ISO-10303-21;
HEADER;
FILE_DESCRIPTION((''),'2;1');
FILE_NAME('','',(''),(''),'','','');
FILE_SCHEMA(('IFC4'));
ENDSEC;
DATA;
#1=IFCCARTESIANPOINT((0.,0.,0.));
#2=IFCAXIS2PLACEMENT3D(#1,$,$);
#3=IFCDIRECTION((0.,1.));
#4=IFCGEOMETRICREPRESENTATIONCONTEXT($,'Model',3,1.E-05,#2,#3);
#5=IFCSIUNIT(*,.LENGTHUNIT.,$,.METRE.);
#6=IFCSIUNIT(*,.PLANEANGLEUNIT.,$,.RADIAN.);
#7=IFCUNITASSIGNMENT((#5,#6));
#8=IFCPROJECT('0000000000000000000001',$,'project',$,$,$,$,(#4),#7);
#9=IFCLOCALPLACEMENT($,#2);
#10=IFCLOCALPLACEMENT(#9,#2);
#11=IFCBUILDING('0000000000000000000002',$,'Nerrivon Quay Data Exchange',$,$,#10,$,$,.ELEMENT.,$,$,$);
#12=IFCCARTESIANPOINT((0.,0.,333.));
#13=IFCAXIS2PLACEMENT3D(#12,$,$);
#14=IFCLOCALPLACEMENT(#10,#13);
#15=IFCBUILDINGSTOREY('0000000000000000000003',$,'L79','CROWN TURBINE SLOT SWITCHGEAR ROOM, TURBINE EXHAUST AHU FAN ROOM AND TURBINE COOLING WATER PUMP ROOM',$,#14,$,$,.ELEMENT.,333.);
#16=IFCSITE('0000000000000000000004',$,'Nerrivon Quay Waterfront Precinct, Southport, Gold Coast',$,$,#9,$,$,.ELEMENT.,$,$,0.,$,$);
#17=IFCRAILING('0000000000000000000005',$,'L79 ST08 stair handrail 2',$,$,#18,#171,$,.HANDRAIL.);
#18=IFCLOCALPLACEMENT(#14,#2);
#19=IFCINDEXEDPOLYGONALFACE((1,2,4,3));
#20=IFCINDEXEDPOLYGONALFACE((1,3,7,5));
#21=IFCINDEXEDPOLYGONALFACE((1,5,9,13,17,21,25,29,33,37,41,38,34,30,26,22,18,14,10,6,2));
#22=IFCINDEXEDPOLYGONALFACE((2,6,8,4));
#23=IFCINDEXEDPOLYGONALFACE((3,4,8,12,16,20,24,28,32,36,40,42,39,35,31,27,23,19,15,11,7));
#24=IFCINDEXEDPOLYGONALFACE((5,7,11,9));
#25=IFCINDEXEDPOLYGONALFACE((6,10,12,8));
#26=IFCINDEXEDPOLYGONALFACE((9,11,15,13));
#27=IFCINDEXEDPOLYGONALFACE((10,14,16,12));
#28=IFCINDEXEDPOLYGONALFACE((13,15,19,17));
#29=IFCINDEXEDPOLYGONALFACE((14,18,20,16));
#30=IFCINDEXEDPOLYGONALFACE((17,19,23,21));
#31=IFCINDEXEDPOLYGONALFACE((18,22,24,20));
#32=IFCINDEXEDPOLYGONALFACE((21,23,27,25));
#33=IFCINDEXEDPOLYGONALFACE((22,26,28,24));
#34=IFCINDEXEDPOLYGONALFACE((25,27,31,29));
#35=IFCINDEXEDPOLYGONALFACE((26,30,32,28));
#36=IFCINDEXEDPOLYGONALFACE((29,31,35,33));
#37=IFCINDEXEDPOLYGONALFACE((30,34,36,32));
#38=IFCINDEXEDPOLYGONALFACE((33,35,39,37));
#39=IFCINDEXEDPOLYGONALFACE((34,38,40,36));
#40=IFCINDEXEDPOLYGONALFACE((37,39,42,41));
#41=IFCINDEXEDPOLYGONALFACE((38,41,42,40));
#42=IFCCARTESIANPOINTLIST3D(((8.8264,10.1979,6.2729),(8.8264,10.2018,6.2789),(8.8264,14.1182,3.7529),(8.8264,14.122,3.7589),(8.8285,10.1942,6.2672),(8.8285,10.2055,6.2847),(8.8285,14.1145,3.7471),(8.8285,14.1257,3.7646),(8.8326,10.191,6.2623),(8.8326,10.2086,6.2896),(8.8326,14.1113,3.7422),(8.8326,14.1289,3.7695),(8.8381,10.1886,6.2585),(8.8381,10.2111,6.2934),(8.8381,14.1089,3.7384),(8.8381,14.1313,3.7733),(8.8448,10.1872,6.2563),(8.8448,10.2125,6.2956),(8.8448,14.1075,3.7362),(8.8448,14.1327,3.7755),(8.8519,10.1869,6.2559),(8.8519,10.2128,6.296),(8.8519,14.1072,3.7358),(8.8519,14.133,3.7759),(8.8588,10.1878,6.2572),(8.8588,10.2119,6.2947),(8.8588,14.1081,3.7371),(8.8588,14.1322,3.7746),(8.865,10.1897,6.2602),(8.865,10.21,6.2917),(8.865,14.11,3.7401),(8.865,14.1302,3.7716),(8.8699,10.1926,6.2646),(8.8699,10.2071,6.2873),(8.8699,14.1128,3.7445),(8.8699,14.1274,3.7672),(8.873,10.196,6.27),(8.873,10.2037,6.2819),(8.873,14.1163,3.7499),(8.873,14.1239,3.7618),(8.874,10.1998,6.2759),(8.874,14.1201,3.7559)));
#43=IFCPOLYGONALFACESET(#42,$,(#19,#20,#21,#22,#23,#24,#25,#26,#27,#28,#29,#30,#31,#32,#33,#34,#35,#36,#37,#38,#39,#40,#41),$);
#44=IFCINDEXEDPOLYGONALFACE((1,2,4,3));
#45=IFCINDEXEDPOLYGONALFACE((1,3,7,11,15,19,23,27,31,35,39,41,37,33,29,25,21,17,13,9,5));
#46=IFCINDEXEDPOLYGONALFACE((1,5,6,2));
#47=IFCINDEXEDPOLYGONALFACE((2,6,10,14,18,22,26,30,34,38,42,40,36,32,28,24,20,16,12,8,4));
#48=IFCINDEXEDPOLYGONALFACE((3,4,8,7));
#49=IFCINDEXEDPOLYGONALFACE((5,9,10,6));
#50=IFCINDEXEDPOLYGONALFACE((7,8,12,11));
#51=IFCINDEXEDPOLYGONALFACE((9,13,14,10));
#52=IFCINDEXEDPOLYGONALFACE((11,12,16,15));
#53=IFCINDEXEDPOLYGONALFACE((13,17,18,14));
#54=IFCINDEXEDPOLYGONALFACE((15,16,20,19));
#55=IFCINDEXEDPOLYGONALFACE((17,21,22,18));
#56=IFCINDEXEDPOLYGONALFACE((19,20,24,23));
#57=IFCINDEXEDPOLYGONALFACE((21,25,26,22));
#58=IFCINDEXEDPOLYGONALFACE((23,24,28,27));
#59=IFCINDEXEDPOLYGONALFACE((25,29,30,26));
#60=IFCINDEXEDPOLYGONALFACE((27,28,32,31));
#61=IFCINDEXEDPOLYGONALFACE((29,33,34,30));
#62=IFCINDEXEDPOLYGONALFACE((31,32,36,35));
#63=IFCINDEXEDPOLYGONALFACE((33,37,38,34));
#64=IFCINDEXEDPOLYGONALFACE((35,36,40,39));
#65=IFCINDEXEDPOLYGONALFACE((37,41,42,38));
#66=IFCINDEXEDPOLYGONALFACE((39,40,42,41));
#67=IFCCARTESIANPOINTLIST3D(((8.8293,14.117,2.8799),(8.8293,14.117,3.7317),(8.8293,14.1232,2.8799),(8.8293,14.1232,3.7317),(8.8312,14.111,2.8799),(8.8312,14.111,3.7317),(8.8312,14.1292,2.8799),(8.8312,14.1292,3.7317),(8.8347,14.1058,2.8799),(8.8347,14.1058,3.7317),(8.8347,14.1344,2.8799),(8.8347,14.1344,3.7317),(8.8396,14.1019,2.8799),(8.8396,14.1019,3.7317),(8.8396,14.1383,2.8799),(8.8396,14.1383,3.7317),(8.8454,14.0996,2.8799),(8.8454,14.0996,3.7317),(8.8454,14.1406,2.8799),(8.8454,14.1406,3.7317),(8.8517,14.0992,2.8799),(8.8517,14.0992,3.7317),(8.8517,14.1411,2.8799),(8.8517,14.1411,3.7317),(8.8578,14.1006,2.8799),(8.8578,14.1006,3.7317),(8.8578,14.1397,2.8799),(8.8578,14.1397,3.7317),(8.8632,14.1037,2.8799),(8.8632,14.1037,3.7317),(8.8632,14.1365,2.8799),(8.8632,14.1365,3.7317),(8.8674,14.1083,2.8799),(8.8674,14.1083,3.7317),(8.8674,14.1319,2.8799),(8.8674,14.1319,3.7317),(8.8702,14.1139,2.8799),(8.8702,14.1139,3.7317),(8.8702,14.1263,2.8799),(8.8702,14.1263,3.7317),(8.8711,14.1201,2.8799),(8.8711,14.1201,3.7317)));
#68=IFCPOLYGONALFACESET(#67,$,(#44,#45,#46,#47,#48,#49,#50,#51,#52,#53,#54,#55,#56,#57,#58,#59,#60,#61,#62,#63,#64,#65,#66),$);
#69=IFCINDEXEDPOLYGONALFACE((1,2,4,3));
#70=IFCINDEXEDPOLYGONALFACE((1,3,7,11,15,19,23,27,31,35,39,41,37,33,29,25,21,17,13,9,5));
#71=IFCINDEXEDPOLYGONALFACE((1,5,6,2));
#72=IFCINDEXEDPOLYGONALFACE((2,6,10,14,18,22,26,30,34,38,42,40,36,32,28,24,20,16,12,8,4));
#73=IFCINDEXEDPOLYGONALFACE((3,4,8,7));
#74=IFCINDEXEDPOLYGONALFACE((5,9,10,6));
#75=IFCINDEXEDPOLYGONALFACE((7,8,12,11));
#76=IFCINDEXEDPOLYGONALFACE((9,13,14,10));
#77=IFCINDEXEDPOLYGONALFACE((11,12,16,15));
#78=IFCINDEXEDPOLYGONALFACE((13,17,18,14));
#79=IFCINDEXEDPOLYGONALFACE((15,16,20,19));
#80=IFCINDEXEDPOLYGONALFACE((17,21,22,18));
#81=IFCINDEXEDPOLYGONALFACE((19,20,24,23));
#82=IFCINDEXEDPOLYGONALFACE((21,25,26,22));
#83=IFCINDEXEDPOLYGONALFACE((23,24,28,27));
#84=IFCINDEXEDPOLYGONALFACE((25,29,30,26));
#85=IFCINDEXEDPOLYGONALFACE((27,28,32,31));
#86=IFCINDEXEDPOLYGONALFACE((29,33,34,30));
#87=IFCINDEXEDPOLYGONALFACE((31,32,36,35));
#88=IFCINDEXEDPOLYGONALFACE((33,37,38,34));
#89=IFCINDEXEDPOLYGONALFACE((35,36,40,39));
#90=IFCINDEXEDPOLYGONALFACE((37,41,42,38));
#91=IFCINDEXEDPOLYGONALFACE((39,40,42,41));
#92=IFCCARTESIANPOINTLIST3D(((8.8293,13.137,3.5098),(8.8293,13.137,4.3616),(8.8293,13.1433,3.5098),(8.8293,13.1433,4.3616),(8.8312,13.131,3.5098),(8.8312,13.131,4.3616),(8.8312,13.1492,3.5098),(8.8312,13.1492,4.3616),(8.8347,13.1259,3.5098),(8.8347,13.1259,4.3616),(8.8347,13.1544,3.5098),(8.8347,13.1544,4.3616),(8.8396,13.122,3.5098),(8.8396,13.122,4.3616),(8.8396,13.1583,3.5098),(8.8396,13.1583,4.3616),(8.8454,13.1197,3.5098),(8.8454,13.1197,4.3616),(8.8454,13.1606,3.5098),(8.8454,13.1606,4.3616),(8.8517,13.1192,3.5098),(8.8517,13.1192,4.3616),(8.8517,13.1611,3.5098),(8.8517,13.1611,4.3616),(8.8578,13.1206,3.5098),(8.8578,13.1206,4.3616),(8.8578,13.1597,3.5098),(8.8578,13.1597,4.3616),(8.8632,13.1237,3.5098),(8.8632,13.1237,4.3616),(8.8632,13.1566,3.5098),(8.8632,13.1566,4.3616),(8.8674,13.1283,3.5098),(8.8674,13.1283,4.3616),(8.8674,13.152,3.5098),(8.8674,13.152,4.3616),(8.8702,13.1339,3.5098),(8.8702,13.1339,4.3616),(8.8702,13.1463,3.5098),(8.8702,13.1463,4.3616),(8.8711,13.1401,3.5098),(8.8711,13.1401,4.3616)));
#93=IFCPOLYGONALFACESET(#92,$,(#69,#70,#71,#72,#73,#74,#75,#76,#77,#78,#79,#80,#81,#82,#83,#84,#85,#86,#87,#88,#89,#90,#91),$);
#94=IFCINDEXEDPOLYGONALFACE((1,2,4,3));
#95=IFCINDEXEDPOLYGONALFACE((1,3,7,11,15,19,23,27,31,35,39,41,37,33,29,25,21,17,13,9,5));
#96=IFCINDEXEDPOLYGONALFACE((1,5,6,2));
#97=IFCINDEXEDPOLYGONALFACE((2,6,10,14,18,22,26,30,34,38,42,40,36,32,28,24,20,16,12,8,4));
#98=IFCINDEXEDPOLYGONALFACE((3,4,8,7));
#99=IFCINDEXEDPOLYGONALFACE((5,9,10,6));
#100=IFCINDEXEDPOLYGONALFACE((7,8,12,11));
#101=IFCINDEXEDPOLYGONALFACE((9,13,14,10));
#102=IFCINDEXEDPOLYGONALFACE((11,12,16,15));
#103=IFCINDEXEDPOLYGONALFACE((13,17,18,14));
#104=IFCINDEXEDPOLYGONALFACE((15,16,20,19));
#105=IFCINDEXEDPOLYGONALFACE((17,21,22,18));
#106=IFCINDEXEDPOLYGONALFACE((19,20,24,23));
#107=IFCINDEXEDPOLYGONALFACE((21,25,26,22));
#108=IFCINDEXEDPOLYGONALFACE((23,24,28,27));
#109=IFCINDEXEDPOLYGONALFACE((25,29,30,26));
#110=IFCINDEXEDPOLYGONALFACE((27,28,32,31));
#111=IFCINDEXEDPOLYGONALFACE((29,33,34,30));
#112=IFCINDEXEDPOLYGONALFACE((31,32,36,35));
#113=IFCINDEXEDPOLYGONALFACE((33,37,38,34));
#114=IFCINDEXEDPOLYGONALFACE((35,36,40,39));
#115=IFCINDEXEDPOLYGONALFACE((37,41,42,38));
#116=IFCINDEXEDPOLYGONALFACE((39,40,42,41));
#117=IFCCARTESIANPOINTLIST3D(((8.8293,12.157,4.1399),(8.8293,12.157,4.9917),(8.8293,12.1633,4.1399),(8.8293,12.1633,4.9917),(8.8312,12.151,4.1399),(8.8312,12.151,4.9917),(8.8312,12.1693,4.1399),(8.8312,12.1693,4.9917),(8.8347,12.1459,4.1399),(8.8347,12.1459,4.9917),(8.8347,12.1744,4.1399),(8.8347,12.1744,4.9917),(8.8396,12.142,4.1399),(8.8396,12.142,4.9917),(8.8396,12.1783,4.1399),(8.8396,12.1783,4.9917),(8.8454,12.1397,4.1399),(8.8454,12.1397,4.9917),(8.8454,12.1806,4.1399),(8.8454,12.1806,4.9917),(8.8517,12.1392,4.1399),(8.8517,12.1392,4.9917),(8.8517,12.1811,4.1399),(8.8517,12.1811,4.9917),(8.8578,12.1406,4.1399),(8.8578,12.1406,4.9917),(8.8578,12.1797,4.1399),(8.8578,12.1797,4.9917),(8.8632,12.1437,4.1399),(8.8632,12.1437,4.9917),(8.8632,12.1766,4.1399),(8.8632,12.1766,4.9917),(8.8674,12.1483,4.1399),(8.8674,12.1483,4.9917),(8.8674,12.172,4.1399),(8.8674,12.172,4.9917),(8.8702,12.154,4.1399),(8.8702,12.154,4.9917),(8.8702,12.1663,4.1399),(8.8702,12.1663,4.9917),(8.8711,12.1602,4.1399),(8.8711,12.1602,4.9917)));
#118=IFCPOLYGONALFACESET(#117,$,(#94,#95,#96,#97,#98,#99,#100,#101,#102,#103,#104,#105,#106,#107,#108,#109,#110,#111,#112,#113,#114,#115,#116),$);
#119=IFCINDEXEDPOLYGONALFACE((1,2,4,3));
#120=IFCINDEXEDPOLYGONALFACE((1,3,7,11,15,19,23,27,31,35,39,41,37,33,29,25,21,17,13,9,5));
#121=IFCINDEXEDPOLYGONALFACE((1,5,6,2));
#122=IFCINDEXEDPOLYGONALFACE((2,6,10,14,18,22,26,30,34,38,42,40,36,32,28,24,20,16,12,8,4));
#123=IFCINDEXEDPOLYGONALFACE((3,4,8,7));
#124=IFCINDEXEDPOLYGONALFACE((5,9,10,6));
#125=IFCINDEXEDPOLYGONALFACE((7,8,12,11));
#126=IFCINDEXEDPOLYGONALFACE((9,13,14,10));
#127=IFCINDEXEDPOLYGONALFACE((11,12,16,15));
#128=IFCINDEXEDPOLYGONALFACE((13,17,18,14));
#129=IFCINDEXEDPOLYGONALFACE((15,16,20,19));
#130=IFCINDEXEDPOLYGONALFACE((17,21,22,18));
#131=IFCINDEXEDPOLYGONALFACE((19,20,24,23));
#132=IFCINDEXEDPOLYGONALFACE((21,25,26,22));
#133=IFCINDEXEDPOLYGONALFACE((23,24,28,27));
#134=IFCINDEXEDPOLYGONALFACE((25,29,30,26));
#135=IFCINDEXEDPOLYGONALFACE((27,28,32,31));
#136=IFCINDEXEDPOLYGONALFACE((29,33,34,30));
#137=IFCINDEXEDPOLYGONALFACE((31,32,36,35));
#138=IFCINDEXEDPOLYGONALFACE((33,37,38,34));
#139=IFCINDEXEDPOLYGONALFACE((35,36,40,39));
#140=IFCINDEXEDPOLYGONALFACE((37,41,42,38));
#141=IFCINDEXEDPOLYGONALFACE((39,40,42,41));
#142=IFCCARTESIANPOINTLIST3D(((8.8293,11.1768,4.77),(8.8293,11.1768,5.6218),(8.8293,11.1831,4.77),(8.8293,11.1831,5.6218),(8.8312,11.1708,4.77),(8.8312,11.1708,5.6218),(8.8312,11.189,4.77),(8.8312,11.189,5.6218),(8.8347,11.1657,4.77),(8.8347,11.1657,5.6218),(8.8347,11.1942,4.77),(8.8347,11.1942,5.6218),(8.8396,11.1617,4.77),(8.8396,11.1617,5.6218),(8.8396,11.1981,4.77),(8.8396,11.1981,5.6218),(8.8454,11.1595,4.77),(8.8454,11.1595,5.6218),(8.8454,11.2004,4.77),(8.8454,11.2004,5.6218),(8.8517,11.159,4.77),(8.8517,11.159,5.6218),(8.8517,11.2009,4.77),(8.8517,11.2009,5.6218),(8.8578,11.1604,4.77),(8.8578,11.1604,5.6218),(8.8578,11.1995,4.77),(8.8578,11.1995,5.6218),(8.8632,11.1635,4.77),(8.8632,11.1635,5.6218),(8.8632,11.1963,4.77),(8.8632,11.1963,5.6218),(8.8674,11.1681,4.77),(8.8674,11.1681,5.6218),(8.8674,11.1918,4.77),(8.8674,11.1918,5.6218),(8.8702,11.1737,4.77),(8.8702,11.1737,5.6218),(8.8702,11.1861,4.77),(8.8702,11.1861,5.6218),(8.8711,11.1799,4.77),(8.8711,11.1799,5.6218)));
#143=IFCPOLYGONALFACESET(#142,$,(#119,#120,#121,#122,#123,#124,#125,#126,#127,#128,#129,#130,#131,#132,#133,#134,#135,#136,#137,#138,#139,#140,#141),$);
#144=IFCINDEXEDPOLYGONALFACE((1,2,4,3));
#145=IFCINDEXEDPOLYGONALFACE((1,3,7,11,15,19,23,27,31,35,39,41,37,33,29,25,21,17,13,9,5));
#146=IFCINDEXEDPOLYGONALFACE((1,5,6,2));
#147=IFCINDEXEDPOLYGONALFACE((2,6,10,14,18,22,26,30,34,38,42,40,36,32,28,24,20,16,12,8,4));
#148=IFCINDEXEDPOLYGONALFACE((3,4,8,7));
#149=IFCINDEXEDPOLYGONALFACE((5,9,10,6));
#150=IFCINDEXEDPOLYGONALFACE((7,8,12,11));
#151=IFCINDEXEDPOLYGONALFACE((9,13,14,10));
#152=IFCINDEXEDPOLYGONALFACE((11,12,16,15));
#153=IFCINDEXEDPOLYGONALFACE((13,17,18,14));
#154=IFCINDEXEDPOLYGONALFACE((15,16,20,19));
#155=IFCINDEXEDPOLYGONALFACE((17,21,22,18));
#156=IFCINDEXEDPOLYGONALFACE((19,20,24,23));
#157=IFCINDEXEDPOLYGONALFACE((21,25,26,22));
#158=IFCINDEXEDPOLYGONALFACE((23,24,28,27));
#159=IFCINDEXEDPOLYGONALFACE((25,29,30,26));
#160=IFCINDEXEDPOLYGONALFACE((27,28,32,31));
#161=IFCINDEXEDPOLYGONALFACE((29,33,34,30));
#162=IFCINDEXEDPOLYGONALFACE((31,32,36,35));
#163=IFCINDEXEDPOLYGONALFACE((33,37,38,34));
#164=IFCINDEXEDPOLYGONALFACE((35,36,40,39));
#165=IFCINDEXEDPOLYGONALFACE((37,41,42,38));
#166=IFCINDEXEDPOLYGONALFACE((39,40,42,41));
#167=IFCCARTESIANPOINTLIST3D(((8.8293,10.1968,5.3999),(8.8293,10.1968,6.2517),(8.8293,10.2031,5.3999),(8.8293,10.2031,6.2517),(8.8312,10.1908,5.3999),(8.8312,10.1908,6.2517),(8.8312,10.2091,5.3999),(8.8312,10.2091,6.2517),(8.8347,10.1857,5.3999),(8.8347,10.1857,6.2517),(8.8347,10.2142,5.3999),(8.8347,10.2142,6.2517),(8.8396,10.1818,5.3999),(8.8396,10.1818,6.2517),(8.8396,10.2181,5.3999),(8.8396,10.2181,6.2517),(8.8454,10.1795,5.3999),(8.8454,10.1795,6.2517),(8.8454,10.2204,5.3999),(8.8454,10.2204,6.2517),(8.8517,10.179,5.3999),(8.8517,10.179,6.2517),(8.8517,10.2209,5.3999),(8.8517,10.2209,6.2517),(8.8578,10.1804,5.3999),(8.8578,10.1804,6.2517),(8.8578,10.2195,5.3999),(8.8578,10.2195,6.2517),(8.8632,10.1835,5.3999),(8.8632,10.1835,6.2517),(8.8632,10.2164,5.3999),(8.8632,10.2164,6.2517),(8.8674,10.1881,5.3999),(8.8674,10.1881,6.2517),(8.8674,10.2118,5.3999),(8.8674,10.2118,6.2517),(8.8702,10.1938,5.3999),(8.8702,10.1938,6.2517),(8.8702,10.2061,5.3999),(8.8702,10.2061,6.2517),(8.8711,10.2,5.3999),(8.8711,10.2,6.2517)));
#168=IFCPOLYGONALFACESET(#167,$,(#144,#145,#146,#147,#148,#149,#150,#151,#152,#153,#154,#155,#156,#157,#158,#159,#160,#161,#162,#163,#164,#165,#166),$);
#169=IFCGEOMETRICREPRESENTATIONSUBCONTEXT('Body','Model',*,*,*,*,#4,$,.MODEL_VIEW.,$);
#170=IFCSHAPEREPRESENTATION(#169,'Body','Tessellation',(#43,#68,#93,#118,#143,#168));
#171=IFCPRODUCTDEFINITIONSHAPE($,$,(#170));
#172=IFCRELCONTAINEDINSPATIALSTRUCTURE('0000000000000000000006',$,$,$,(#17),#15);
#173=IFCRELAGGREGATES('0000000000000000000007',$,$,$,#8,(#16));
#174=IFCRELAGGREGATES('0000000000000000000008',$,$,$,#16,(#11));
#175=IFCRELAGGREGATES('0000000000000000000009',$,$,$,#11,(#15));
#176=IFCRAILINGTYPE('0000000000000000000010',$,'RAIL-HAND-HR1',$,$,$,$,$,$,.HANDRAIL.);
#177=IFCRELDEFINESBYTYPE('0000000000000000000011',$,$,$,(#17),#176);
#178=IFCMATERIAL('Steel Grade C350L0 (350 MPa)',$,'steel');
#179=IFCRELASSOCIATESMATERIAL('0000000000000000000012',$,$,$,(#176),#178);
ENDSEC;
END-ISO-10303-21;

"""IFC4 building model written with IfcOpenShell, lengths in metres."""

from ifc_helpers import new_model, si_unit, direction, frame, origin, origin_2d, place, context, subcontext, project, spatial, circle, extrude, material, type_object, element, save


model = new_model("IFC4")

# Units and contexts
model_context = context("Model", 3, precision=1e-05, world=origin(), true_north=direction((0.0, 1.0)))
body_context = subcontext(model_context, "Body", "Model", "MODEL_VIEW")
ifc_project = project(units=[si_unit("LENGTHUNIT", "METRE"), si_unit("PLANEANGLEUNIT", "RADIAN")], contexts=[model_context])

# Site, building, storey
site_placement = place(None, origin())
site = spatial("IfcSite", under=ifc_project, at=site_placement, Name="Nerrivon Quay Waterfront Precinct, Southport, Gold Coast", CompositionType="ELEMENT", RefElevation=0.0)
building_placement = place(site_placement, origin())
building = spatial("IfcBuilding", under=site, at=building_placement, Name="Nerrivon Quay Data Exchange", CompositionType="ELEMENT")
storey_placement = place(building_placement, frame((0.0, 0.0, 333.0)))
storey = spatial("IfcBuildingStorey", under=building, at=storey_placement, Name="L79", Description="CROWN TURBINE SLOT SWITCHGEAR ROOM, TURBINE EXHAUST AHU FAN ROOM AND TURBINE COOLING WATER PUMP ROOM", CompositionType="ELEMENT", Elevation=333.0)

# Shared definitions
ifc_material_1 = material(Name="Steel Grade C350L0 (350 MPa)", Category="steel")

# Railing
railing_type_1 = type_object("IfcRailingType", Name="RAIL-HAND-HR1", PredefinedType="HANDRAIL", material=ifc_material_1)
railing_1_placement = place(storey_placement, frame((8.8501, 14.1201, 2.8799)))
element("IfcRailing", 1, at=railing_1_placement, inside=storey, type_object=railing_type_1, Name="L79 ST08 stair handrail 2", PredefinedType="HANDRAIL", context=body_context, shape_type="SweptSolid", body=[
    extrude(circle(Radius=0.0239, at=origin_2d()), frame((0.0, 0.0, 0.876), z_axis=(0.0, -0.841187, 0.540744), x_axis=(1.0, 0.0, 0.0)), (0.0, 0.0, 1.0), 4.6604),
    extrude(circle(Radius=0.021, at=origin_2d()), origin(), (0.0, 0.0, 1.0), 0.8518),
    extrude(circle(Radius=0.021, at=origin_2d()), frame((0.0, -0.98, 0.6299)), (0.0, 0.0, 1.0), 0.8518),
    extrude(circle(Radius=0.021, at=origin_2d()), frame((0.0, -1.96, 1.26)), (0.0, 0.0, 1.0), 0.8518),
    extrude(circle(Radius=0.021, at=origin_2d()), frame((0.0, -2.9402, 1.8901)), (0.0, 0.0, 1.0), 0.8518),
    extrude(circle(Radius=0.021, at=origin_2d()), frame((0.0, -3.9202, 2.52)), (0.0, 0.0, 1.0), 0.8518),
])

save(model, "model.ifc")
